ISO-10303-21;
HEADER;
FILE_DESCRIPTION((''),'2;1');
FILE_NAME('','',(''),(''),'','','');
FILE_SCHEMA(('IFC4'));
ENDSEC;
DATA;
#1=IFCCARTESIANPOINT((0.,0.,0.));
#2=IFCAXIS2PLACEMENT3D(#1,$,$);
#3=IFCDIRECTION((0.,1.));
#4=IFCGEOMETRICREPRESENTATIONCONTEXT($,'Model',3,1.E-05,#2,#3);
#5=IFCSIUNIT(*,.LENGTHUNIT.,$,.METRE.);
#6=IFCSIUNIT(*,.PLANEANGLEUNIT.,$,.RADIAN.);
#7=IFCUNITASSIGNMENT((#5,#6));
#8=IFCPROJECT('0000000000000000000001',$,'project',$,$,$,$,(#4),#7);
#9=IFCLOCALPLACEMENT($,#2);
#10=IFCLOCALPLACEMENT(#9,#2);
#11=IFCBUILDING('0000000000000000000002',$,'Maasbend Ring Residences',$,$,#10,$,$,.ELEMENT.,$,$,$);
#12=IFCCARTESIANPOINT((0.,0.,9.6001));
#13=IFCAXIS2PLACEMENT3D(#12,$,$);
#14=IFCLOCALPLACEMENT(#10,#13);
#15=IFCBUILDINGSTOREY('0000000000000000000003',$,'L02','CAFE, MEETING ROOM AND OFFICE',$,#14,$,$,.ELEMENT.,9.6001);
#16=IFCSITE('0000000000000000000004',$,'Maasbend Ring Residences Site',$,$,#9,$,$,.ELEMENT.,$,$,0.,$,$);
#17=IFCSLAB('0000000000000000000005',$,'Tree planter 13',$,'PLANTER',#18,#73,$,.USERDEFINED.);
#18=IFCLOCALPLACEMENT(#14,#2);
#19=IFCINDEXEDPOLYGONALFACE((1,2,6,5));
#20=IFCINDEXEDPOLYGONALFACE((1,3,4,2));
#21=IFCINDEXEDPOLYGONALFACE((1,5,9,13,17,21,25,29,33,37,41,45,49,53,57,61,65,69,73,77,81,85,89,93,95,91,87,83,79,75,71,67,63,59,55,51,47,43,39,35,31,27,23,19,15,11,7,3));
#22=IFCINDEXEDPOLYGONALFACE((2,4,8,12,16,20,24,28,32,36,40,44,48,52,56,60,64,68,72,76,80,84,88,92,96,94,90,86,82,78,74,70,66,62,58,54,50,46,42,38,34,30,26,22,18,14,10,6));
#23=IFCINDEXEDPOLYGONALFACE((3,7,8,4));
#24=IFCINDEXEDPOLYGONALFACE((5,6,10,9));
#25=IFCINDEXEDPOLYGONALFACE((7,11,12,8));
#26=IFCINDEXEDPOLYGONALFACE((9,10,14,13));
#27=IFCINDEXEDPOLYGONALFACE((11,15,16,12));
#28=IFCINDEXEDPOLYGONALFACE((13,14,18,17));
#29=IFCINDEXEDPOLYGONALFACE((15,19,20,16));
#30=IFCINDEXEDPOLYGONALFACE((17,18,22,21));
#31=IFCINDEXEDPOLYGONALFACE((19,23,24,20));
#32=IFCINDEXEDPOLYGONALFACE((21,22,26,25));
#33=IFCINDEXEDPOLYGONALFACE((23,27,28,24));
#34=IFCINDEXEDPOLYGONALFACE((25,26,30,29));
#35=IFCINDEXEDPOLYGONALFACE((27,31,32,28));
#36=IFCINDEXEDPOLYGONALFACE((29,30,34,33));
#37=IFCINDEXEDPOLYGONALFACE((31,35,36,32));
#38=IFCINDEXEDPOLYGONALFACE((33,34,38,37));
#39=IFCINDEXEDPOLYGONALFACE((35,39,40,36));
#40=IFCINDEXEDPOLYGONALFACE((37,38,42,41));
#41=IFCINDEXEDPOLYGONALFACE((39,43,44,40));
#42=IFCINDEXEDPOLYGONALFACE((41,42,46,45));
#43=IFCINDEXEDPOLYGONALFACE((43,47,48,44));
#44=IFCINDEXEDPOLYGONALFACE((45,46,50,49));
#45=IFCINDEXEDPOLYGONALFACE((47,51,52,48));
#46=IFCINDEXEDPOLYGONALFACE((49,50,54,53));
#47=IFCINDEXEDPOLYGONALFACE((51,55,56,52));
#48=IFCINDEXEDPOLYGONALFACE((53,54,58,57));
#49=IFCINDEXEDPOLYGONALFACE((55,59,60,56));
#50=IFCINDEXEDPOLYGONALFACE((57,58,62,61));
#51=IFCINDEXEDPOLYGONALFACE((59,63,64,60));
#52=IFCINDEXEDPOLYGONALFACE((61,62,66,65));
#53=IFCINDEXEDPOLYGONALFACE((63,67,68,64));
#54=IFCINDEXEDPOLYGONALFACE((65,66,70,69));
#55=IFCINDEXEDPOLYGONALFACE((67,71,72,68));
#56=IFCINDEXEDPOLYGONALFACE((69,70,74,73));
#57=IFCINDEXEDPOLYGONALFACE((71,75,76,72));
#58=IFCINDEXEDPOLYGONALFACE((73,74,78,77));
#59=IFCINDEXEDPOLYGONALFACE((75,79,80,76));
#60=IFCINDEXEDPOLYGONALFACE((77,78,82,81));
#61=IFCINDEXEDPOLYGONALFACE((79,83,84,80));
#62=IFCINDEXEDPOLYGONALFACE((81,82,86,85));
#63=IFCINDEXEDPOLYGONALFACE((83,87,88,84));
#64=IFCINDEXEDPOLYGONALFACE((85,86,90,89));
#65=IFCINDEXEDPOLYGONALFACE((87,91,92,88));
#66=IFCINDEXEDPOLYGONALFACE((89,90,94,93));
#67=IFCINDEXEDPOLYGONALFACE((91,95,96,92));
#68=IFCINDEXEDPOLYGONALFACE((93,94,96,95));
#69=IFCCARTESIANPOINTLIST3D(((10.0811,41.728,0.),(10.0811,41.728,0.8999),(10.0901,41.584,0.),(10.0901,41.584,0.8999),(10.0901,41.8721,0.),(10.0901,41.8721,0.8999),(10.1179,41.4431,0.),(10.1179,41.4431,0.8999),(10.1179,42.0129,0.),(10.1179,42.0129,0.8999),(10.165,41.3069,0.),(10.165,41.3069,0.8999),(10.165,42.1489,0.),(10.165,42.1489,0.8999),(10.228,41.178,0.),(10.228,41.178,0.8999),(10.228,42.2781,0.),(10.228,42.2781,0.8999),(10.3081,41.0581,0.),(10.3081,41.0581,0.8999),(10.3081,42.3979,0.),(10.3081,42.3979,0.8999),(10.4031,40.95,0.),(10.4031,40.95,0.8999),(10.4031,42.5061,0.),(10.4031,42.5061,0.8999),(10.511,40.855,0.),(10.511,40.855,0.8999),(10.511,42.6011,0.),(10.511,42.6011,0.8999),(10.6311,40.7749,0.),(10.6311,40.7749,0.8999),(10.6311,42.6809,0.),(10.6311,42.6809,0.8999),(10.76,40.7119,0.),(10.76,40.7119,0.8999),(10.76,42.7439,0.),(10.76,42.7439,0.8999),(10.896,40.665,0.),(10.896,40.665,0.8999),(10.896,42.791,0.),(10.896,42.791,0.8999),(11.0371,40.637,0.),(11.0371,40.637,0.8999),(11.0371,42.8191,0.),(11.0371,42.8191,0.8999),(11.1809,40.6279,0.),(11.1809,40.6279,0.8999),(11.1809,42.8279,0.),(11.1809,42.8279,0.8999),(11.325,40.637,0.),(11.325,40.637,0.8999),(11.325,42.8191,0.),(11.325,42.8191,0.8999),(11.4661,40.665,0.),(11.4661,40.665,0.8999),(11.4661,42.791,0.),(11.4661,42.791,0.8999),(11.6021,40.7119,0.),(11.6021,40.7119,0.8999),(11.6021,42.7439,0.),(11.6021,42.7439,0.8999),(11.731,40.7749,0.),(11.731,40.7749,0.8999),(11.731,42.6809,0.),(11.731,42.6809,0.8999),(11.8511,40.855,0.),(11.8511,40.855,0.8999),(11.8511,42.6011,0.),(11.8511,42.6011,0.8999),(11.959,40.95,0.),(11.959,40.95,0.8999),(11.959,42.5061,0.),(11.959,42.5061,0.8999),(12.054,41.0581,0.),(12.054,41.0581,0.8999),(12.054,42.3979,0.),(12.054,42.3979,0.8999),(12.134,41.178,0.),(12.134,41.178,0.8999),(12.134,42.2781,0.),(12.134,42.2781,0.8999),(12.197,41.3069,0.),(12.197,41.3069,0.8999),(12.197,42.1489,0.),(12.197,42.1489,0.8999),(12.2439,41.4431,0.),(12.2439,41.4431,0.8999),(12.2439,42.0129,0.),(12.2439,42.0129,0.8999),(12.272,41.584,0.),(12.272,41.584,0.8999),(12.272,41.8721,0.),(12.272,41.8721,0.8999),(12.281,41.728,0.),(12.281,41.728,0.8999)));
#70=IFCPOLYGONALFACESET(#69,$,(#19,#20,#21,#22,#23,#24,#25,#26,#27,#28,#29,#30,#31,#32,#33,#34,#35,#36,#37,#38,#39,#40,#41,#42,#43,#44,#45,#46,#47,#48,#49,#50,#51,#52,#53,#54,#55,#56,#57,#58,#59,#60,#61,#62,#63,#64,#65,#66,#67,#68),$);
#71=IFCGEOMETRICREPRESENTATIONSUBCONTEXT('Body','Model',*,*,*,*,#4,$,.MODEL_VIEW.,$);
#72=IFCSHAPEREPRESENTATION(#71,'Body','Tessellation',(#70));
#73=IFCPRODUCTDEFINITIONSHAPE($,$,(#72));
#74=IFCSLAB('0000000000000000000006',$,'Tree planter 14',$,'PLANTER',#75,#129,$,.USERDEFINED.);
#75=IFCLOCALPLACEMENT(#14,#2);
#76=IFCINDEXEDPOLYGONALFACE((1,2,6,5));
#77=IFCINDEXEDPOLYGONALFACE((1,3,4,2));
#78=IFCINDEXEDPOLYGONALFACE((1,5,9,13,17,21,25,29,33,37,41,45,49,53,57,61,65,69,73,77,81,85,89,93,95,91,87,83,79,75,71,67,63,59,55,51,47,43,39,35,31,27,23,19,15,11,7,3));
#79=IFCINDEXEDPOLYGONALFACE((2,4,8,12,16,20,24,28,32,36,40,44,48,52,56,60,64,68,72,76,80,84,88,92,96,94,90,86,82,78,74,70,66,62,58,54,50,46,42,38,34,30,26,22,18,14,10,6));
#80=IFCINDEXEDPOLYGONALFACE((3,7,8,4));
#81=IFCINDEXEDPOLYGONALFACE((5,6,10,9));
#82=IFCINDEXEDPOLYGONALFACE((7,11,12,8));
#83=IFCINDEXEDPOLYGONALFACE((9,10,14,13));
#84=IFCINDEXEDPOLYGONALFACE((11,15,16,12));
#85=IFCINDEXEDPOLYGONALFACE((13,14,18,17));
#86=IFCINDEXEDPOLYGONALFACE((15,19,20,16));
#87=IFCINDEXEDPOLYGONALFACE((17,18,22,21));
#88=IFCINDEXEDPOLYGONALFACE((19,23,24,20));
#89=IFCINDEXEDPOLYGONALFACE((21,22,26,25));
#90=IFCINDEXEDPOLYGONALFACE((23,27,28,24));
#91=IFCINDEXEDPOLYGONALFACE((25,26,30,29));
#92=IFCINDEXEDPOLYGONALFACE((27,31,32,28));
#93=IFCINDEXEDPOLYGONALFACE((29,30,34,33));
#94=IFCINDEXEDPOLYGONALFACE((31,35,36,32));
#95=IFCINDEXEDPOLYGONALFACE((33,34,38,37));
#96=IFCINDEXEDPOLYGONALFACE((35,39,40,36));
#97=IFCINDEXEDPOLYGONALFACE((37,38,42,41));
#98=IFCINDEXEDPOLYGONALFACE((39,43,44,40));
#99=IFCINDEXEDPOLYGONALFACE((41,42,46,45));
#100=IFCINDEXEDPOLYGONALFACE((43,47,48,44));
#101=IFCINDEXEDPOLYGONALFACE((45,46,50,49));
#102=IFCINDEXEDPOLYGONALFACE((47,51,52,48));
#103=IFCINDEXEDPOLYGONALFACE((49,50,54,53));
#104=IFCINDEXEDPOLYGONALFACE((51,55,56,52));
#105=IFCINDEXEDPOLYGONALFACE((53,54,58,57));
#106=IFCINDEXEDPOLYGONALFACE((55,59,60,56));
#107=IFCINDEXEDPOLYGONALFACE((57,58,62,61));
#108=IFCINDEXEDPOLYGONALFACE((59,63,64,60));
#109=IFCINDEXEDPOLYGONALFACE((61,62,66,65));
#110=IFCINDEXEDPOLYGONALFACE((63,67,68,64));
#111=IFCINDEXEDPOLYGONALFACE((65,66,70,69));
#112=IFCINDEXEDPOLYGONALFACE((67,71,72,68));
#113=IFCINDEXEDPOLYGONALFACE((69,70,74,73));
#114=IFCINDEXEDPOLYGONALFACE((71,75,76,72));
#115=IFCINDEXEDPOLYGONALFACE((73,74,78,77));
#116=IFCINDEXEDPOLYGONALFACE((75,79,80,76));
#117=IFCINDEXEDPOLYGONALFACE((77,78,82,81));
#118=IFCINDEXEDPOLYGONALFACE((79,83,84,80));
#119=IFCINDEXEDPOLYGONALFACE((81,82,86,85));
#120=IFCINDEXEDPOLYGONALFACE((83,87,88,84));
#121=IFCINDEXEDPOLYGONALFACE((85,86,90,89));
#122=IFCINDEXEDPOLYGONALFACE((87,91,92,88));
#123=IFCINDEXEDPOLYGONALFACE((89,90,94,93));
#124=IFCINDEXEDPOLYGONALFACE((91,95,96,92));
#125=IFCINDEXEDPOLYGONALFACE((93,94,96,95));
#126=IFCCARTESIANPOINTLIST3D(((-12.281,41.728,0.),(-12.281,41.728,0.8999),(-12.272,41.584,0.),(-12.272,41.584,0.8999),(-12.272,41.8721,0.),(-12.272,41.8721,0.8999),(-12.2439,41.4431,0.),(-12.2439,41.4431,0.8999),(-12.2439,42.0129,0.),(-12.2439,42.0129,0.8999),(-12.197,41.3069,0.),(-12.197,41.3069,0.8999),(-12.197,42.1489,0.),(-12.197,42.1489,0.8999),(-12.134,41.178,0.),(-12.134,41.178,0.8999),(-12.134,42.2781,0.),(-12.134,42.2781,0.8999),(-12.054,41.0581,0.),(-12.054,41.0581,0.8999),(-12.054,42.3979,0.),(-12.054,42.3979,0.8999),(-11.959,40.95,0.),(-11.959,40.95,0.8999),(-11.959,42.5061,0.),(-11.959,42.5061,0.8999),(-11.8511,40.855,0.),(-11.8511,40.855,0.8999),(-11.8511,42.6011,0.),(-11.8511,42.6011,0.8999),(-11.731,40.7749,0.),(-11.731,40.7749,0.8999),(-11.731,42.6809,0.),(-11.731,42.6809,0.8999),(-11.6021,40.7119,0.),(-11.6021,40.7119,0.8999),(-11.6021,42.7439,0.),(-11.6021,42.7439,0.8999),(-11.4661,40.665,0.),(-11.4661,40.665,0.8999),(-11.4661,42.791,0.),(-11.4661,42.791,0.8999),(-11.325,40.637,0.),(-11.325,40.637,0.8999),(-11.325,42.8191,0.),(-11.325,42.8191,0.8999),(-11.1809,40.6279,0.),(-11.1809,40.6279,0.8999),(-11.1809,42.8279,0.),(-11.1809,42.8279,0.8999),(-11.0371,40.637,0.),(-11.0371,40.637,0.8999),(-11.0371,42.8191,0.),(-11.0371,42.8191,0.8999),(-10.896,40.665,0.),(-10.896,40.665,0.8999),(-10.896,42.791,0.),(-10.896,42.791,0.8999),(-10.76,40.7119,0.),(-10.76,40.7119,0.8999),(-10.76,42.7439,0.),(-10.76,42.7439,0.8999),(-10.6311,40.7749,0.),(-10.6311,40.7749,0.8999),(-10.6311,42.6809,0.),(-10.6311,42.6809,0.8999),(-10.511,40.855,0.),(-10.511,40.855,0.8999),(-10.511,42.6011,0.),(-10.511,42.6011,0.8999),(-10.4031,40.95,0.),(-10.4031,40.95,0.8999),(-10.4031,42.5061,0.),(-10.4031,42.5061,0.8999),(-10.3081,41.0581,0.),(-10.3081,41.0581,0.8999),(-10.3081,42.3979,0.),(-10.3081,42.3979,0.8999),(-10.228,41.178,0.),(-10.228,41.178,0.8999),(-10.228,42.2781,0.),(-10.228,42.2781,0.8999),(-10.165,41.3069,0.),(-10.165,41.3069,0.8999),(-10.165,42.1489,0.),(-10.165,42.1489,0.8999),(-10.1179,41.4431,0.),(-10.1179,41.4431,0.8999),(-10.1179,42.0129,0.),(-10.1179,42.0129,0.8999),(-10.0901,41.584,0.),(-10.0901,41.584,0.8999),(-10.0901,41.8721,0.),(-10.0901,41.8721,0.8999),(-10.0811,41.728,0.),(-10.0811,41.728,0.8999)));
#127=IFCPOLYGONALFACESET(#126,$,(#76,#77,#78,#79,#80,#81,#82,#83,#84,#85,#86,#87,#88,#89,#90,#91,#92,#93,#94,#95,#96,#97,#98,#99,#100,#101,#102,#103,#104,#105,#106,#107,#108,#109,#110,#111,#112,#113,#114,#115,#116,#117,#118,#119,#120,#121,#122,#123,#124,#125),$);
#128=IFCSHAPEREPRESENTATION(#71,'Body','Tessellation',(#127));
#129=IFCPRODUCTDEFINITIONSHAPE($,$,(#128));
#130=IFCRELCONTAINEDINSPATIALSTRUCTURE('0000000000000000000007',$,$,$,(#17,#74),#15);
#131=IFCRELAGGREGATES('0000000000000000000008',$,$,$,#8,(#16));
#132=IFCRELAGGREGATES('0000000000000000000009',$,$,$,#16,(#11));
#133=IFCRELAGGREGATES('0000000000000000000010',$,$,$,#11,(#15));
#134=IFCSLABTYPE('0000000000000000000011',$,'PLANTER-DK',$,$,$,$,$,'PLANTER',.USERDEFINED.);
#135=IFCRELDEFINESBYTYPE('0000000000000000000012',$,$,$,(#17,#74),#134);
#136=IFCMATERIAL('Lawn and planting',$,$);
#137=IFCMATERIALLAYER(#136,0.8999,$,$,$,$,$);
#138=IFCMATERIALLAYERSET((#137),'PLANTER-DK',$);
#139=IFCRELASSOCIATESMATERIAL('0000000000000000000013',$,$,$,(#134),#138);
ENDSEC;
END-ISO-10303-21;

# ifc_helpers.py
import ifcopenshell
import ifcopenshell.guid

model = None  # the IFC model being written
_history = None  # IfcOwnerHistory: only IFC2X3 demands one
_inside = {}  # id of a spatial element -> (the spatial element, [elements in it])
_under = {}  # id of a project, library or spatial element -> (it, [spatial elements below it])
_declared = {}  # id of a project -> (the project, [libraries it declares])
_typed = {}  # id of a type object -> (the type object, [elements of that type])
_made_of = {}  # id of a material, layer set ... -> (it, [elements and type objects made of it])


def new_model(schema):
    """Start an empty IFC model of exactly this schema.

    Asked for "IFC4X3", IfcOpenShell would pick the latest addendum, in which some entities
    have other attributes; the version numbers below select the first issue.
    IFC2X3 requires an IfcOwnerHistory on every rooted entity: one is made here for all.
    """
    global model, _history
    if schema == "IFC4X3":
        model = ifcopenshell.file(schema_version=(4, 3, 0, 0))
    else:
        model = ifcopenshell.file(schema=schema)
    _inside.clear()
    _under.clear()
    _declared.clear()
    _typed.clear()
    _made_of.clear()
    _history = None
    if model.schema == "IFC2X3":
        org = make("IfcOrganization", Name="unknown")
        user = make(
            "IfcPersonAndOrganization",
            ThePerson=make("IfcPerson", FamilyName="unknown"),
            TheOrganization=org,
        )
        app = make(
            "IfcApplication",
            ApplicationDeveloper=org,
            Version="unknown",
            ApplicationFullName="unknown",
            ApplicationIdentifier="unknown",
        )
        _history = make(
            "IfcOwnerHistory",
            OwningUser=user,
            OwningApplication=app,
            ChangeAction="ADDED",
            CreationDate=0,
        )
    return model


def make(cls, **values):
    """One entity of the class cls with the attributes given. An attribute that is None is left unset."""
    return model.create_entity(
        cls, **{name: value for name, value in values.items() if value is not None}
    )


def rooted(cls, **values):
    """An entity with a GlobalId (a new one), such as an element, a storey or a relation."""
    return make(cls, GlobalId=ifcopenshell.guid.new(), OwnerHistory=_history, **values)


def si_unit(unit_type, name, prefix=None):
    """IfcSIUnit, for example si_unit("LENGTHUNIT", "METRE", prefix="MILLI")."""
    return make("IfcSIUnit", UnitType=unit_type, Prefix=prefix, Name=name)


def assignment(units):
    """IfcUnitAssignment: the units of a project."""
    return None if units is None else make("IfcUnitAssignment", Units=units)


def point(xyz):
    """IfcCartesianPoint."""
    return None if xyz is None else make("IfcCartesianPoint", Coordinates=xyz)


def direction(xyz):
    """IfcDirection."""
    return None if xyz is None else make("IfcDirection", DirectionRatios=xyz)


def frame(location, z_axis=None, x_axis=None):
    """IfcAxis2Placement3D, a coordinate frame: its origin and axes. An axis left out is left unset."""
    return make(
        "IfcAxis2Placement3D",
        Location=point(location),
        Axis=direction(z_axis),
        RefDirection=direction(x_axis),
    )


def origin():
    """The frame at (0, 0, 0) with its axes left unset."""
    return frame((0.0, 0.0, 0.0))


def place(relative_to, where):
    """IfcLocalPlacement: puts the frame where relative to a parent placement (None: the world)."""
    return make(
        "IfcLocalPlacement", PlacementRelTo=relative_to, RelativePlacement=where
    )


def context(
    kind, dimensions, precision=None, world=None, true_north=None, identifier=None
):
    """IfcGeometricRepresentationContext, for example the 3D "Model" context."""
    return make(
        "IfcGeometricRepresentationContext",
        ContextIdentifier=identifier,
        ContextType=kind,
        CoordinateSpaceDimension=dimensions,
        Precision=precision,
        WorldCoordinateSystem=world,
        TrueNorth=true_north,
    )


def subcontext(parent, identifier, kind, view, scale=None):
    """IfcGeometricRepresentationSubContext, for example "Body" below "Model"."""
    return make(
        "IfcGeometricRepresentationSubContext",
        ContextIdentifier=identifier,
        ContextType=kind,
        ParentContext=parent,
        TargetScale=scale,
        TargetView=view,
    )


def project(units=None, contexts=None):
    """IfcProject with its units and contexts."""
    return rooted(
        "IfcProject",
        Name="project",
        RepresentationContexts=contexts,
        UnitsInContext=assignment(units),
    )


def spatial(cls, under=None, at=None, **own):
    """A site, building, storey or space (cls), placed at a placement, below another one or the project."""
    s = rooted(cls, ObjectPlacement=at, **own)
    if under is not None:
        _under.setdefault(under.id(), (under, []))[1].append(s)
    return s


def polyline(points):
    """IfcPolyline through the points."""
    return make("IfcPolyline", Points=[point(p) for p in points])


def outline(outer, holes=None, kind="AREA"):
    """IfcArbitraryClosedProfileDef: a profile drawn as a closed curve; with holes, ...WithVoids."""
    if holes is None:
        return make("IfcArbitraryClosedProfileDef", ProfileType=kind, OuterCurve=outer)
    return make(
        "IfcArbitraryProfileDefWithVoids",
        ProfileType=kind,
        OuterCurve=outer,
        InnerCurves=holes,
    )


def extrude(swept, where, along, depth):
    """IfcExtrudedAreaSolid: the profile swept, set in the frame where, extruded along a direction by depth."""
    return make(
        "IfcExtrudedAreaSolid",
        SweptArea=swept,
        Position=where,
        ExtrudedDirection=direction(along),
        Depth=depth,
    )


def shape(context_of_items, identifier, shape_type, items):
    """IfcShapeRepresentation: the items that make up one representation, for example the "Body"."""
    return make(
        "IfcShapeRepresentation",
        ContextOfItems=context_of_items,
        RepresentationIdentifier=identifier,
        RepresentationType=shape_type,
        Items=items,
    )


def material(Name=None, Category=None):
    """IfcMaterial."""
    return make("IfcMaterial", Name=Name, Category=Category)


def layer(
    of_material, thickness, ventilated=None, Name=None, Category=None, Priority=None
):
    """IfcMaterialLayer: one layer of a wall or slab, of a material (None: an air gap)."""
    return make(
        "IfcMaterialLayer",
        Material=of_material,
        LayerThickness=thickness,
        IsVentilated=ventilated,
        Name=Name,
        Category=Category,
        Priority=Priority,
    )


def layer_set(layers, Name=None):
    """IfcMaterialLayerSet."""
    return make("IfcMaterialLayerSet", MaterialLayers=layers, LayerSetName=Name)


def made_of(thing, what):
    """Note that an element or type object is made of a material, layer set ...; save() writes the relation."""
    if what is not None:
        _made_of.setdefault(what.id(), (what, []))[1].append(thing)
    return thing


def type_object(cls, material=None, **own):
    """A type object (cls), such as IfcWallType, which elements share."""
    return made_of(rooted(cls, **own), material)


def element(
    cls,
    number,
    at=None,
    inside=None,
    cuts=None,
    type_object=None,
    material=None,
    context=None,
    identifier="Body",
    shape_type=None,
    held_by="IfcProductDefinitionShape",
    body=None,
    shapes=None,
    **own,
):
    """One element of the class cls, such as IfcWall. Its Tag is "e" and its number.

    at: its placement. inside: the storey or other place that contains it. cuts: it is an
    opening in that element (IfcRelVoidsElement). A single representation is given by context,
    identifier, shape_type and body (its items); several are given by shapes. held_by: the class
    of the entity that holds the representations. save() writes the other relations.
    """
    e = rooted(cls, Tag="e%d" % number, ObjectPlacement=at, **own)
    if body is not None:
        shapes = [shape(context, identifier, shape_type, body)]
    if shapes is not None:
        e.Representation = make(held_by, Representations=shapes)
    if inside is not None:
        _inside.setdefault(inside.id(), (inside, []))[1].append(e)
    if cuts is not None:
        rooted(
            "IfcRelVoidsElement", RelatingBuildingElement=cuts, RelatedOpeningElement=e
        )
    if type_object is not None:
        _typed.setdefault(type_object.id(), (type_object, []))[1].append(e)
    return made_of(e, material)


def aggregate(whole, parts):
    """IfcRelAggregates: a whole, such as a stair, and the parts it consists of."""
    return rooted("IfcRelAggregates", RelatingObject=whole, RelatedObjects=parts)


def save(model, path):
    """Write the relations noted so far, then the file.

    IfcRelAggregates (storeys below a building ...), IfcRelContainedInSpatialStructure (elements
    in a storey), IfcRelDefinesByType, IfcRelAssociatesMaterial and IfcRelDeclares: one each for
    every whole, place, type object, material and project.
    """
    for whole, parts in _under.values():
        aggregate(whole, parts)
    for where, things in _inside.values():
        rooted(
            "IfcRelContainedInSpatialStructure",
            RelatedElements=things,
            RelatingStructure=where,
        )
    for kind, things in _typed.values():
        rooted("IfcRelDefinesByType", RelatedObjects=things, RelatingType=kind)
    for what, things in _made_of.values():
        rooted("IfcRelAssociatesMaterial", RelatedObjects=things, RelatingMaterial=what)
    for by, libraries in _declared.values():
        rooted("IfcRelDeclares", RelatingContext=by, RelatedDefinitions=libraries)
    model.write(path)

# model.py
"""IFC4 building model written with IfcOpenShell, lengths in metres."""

from ifc_helpers import new_model, si_unit, direction, frame, origin, place, context, subcontext, project, spatial, polyline, outline, extrude, material, layer, layer_set, type_object, element, save


model = new_model("IFC4")

# Units and contexts
model_context = context("Model", 3, precision=1e-05, world=origin(), true_north=direction((0.0, 1.0)))
body_context = subcontext(model_context, "Body", "Model", "MODEL_VIEW")
ifc_project = project(units=[si_unit("LENGTHUNIT", "METRE"), si_unit("PLANEANGLEUNIT", "RADIAN")], contexts=[model_context])

# Site, building, storey
site_placement = place(None, origin())
site = spatial("IfcSite", under=ifc_project, at=site_placement, Name="Maasbend Ring Residences Site", CompositionType="ELEMENT", RefElevation=0.0)
building_placement = place(site_placement, origin())
building = spatial("IfcBuilding", under=site, at=building_placement, Name="Maasbend Ring Residences", CompositionType="ELEMENT")
storey_placement = place(building_placement, frame((0.0, 0.0, 9.6001)))
storey = spatial("IfcBuildingStorey", under=building, at=storey_placement, Name="L02", Description="CAFE, MEETING ROOM AND OFFICE", CompositionType="ELEMENT", Elevation=9.6001)

# Slabs
ifc_material_1 = material(Name="Lawn and planting")
ifc_layer_1 = layer(ifc_material_1, 0.8999)
ifc_layer_set_1 = layer_set([ifc_layer_1], Name="PLANTER-DK")
slab_type_1 = type_object("IfcSlabType", Name="PLANTER-DK", ElementType="PLANTER", PredefinedType="USERDEFINED", material=ifc_layer_set_1)
slab_1_placement = place(storey_placement, origin())
element("IfcSlab", 1, at=slab_1_placement, inside=storey, type_object=slab_type_1, Name="Tree planter 13", ObjectType="PLANTER", PredefinedType="USERDEFINED", context=body_context, shape_type="SweptSolid", body=[
    extrude(outline(polyline([(12.281, 41.728), (12.272, 41.584), (12.2439, 41.4431), (12.197, 41.3069), (12.134, 41.178), (12.054, 41.0581), (11.959, 40.95), (11.8511, 40.855), (11.731, 40.7749), (11.6021, 40.7119), (11.4661, 40.665), (11.325, 40.637), (11.1809, 40.6279), (11.0371, 40.637), (10.896, 40.665), (10.76, 40.7119), (10.6311, 40.7749), (10.511, 40.855), (10.4031, 40.95), (10.3081, 41.0581), (10.228, 41.178), (10.165, 41.3069), (10.1179, 41.4431), (10.0901, 41.584), (10.0811, 41.728), (10.0901, 41.8721), (10.1179, 42.0129), (10.165, 42.1489), (10.228, 42.2781), (10.3081, 42.3979), (10.4031, 42.5061), (10.511, 42.6011), (10.6311, 42.6809), (10.76, 42.7439), (10.896, 42.791), (11.0371, 42.8191), (11.1809, 42.8279), (11.325, 42.8191), (11.4661, 42.791), (11.6021, 42.7439), (11.731, 42.6809), (11.8511, 42.6011), (11.959, 42.5061), (12.054, 42.3979), (12.134, 42.2781), (12.197, 42.1489), (12.2439, 42.0129), (12.272, 41.8721), (12.281, 41.728)])), origin(), (0.0, 0.0, 1.0), 0.8999),
])
slab_2_placement = place(storey_placement, origin())
element("IfcSlab", 2, at=slab_2_placement, inside=storey, type_object=slab_type_1, Name="Tree planter 14", ObjectType="PLANTER", PredefinedType="USERDEFINED", context=body_context, shape_type="SweptSolid", body=[
    extrude(outline(polyline([(-10.0811, 41.728), (-10.0901, 41.584), (-10.1179, 41.4431), (-10.165, 41.3069), (-10.228, 41.178), (-10.3081, 41.0581), (-10.4031, 40.95), (-10.511, 40.855), (-10.6311, 40.7749), (-10.76, 40.7119), (-10.896, 40.665), (-11.0371, 40.637), (-11.1809, 40.6279), (-11.325, 40.637), (-11.4661, 40.665), (-11.6021, 40.7119), (-11.731, 40.7749), (-11.8511, 40.855), (-11.959, 40.95), (-12.054, 41.0581), (-12.134, 41.178), (-12.197, 41.3069), (-12.2439, 41.4431), (-12.272, 41.584), (-12.281, 41.728), (-12.272, 41.8721), (-12.2439, 42.0129), (-12.197, 42.1489), (-12.134, 42.2781), (-12.054, 42.3979), (-11.959, 42.5061), (-11.8511, 42.6011), (-11.731, 42.6809), (-11.6021, 42.7439), (-11.4661, 42.791), (-11.325, 42.8191), (-11.1809, 42.8279), (-11.0371, 42.8191), (-10.896, 42.791), (-10.76, 42.7439), (-10.6311, 42.6809), (-10.511, 42.6011), (-10.4031, 42.5061), (-10.3081, 42.3979), (-10.228, 42.2781), (-10.165, 42.1489), (-10.1179, 42.0129), (-10.0901, 41.8721), (-10.0811, 41.728)])), origin(), (0.0, 0.0, 1.0), 0.8999),
])

save(model, "model.ifc")
